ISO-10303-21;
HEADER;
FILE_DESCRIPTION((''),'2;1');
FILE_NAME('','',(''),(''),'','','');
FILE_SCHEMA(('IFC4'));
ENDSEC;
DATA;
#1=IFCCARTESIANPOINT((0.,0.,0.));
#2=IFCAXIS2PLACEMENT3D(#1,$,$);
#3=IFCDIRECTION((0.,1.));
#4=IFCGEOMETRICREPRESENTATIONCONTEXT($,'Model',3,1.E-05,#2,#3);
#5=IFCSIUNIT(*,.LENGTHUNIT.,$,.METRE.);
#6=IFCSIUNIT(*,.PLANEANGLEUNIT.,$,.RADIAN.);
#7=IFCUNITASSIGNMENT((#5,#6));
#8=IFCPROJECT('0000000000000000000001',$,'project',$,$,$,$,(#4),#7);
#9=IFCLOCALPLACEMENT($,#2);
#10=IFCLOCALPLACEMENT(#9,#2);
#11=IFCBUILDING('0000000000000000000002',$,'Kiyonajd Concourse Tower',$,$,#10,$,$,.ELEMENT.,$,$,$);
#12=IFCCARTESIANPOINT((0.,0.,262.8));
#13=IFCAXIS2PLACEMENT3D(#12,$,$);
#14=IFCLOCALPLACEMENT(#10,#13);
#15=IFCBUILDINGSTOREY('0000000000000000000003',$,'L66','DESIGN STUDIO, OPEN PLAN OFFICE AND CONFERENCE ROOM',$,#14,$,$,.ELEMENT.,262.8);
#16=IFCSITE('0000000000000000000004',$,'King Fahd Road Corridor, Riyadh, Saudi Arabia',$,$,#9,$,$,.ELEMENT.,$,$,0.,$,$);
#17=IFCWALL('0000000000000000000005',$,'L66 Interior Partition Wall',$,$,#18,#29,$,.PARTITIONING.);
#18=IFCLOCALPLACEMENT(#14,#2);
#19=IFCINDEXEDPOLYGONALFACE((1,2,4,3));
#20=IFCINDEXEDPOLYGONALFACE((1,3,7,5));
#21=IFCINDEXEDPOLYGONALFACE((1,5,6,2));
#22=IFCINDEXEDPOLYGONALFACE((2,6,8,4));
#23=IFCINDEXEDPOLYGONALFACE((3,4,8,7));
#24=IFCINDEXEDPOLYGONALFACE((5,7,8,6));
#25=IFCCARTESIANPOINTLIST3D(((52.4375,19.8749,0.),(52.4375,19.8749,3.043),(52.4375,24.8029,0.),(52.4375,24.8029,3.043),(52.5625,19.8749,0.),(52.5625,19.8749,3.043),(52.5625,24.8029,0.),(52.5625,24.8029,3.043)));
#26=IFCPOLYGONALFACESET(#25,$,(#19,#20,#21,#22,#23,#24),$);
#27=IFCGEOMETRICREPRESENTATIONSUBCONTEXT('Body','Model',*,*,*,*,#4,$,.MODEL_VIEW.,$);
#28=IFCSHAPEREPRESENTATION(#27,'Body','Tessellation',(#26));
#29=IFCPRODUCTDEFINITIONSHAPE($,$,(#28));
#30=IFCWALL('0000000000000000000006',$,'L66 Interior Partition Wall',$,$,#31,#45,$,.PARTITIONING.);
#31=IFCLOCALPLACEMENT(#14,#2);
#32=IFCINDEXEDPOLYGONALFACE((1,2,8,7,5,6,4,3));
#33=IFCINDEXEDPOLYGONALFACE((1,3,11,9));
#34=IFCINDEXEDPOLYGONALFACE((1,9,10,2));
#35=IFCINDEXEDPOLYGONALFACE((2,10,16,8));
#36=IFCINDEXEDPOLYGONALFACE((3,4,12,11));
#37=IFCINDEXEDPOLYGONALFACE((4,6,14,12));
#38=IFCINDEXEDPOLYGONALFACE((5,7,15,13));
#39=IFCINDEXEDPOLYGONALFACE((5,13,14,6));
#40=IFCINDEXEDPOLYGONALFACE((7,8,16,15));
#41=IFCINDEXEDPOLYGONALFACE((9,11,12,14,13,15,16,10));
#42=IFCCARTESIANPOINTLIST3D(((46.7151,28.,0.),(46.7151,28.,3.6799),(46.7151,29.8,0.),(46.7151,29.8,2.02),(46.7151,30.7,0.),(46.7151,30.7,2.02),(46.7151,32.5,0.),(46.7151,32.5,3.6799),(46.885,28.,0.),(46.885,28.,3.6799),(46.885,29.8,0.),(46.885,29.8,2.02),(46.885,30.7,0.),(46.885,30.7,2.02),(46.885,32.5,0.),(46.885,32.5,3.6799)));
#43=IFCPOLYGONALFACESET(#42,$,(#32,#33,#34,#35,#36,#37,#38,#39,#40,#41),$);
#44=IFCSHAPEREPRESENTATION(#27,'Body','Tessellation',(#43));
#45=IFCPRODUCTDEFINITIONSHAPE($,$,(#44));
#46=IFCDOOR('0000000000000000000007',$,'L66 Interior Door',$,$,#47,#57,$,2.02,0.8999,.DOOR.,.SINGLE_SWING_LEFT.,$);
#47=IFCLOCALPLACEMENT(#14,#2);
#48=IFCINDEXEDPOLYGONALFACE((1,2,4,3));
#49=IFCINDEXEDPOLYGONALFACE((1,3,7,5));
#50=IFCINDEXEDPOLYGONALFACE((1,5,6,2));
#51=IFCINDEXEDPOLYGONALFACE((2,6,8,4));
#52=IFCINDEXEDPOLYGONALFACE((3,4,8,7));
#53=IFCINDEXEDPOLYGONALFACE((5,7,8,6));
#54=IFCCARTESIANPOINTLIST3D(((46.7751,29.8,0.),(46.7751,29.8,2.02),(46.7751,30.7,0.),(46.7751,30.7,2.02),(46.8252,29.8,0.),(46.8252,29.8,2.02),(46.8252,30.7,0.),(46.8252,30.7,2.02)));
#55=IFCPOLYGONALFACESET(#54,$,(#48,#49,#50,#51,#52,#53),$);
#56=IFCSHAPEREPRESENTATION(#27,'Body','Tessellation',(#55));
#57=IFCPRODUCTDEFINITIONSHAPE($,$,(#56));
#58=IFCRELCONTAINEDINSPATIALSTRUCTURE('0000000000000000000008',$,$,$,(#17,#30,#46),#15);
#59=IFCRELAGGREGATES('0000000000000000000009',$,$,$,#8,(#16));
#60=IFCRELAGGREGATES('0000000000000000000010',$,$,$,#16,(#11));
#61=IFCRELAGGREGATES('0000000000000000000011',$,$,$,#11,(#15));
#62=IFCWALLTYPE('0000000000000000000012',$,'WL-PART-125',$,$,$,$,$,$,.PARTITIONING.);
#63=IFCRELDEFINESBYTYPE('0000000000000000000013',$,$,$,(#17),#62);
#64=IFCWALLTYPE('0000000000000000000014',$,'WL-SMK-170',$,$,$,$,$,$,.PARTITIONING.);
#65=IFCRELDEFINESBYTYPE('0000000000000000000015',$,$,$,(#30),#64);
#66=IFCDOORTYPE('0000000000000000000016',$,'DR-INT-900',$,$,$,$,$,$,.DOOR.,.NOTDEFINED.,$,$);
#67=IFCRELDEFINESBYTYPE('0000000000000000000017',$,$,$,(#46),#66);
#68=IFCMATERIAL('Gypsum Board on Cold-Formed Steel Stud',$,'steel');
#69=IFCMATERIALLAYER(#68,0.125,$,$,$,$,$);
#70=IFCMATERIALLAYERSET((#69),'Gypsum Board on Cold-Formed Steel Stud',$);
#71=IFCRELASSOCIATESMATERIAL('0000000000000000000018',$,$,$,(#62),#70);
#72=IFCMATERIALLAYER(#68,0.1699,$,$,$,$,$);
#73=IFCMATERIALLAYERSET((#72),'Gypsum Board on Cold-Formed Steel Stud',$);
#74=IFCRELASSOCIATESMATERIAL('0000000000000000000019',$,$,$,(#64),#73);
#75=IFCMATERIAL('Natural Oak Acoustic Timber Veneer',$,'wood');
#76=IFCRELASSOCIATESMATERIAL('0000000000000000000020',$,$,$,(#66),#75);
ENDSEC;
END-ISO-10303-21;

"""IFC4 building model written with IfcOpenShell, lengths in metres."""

from ifc_helpers import new_model, si_unit, direction, frame, frame_2d, origin, place, context, subcontext, project, spatial, rectangle, extrude, material, layer, layer_set, type_object, element, fill, save


model = new_model("IFC4")

# Units and contexts
model_context = context("Model", 3, precision=1e-05, world=origin(), true_north=direction((0.0, 1.0)))
body_context = subcontext(model_context, "Body", "Model", "MODEL_VIEW")
ifc_project = project(units=[si_unit("LENGTHUNIT", "METRE"), si_unit("PLANEANGLEUNIT", "RADIAN")], contexts=[model_context])

# Site, building, storey
site_placement = place(None, origin())
site = spatial("IfcSite", under=ifc_project, at=site_placement, Name="King Fahd Road Corridor, Riyadh, Saudi Arabia", CompositionType="ELEMENT", RefElevation=0.0)
building_placement = place(site_placement, origin())
building = spatial("IfcBuilding", under=site, at=building_placement, Name="Kiyonajd Concourse Tower", CompositionType="ELEMENT")
storey_placement = place(building_placement, frame((0.0, 0.0, 262.8)))
storey = spatial("IfcBuildingStorey", under=building, at=storey_placement, Name="L66", Description="DESIGN STUDIO, OPEN PLAN OFFICE AND CONFERENCE ROOM", CompositionType="ELEMENT", Elevation=262.8)

# Wall
ifc_material_1 = material(Name="Gypsum Board on Cold-Formed Steel Stud", Category="steel")
ifc_layer_1 = layer(ifc_material_1, 0.125)
ifc_layer_set_1 = layer_set([ifc_layer_1], Name="Gypsum Board on Cold-Formed Steel Stud")
wall_type_1 = type_object("IfcWallType", Name="WL-PART-125", PredefinedType="PARTITIONING", material=ifc_layer_set_1)
wall_1_placement = place(storey_placement, frame((52.5, 19.875, 0.0), z_axis=(0.0, 0.0, 1.0), x_axis=(0.0, 1.0, 0.0)))
element("IfcWall", 1, at=wall_1_placement, inside=storey, type_object=wall_type_1, Name="L66 Interior Partition Wall", PredefinedType="PARTITIONING", context=body_context, shape_type="SweptSolid", body=[
    extrude(rectangle(XDim=4.928, YDim=0.125, at=frame_2d((2.4639, 0.0))), origin(), (0.0, 0.0, 1.0), 3.043),
])

# Wall, opening, door
ifc_layer_2 = layer(ifc_material_1, 0.1699)
ifc_layer_set_2 = layer_set([ifc_layer_2], Name="Gypsum Board on Cold-Formed Steel Stud")
wall_type_2 = type_object("IfcWallType", Name="WL-SMK-170", PredefinedType="PARTITIONING", material=ifc_layer_set_2)
wall_2_placement = place(storey_placement, frame((46.8, 28.0, 0.0), z_axis=(0.0, 0.0, 1.0), x_axis=(0.0, 1.0, 0.0)))
wall_2 = element("IfcWall", 2, at=wall_2_placement, inside=storey, type_object=wall_type_2, Name="L66 Interior Partition Wall", PredefinedType="PARTITIONING", context=body_context, shape_type="SweptSolid", body=[
    extrude(rectangle(XDim=4.5, YDim=0.1699, at=frame_2d((2.25, 0.0))), origin(), (0.0, 0.0, 1.0), 3.6799),
])
opening_1_placement = place(wall_2_placement, frame((1.8, 0.0, 0.0)))
opening_1 = element("IfcOpeningElement", 3, at=opening_1_placement, cuts=wall_2, PredefinedType="OPENING", context=body_context, shape_type="SweptSolid", body=[
    extrude(rectangle(XDim=0.8999, YDim=2.02, at=frame_2d((0.45, 1.01))), frame((0.0, 0.095, 0.0), z_axis=(0.0, -1.0, 0.0), x_axis=(1.0, 0.0, 0.0)), (0.0, 0.0, 1.0), 0.1899),
])
ifc_material_2 = material(Name="Natural Oak Acoustic Timber Veneer", Category="wood")
door_type_1 = type_object("IfcDoorType", Name="DR-INT-900", OperationType="NOTDEFINED", PredefinedType="DOOR", material=ifc_material_2)
door_1_placement = place(opening_1_placement, origin())
door_1 = element("IfcDoor", 4, at=door_1_placement, inside=storey, type_object=door_type_1, Name="L66 Interior Door", OperationType="SINGLE_SWING_LEFT", OverallHeight=2.02, OverallWidth=0.8999, PredefinedType="DOOR", context=body_context, shape_type="SweptSolid", body=[
    extrude(rectangle(XDim=0.8999, YDim=2.02, at=frame_2d((0.45, 1.01))), frame((0.0, 0.0249, 0.0), z_axis=(0.0, -1.0, 0.0), x_axis=(1.0, 0.0, 0.0)), (0.0, 0.0, 1.0), 0.05),
])
fill(opening_1, door_1)

save(model, "model.ifc")
